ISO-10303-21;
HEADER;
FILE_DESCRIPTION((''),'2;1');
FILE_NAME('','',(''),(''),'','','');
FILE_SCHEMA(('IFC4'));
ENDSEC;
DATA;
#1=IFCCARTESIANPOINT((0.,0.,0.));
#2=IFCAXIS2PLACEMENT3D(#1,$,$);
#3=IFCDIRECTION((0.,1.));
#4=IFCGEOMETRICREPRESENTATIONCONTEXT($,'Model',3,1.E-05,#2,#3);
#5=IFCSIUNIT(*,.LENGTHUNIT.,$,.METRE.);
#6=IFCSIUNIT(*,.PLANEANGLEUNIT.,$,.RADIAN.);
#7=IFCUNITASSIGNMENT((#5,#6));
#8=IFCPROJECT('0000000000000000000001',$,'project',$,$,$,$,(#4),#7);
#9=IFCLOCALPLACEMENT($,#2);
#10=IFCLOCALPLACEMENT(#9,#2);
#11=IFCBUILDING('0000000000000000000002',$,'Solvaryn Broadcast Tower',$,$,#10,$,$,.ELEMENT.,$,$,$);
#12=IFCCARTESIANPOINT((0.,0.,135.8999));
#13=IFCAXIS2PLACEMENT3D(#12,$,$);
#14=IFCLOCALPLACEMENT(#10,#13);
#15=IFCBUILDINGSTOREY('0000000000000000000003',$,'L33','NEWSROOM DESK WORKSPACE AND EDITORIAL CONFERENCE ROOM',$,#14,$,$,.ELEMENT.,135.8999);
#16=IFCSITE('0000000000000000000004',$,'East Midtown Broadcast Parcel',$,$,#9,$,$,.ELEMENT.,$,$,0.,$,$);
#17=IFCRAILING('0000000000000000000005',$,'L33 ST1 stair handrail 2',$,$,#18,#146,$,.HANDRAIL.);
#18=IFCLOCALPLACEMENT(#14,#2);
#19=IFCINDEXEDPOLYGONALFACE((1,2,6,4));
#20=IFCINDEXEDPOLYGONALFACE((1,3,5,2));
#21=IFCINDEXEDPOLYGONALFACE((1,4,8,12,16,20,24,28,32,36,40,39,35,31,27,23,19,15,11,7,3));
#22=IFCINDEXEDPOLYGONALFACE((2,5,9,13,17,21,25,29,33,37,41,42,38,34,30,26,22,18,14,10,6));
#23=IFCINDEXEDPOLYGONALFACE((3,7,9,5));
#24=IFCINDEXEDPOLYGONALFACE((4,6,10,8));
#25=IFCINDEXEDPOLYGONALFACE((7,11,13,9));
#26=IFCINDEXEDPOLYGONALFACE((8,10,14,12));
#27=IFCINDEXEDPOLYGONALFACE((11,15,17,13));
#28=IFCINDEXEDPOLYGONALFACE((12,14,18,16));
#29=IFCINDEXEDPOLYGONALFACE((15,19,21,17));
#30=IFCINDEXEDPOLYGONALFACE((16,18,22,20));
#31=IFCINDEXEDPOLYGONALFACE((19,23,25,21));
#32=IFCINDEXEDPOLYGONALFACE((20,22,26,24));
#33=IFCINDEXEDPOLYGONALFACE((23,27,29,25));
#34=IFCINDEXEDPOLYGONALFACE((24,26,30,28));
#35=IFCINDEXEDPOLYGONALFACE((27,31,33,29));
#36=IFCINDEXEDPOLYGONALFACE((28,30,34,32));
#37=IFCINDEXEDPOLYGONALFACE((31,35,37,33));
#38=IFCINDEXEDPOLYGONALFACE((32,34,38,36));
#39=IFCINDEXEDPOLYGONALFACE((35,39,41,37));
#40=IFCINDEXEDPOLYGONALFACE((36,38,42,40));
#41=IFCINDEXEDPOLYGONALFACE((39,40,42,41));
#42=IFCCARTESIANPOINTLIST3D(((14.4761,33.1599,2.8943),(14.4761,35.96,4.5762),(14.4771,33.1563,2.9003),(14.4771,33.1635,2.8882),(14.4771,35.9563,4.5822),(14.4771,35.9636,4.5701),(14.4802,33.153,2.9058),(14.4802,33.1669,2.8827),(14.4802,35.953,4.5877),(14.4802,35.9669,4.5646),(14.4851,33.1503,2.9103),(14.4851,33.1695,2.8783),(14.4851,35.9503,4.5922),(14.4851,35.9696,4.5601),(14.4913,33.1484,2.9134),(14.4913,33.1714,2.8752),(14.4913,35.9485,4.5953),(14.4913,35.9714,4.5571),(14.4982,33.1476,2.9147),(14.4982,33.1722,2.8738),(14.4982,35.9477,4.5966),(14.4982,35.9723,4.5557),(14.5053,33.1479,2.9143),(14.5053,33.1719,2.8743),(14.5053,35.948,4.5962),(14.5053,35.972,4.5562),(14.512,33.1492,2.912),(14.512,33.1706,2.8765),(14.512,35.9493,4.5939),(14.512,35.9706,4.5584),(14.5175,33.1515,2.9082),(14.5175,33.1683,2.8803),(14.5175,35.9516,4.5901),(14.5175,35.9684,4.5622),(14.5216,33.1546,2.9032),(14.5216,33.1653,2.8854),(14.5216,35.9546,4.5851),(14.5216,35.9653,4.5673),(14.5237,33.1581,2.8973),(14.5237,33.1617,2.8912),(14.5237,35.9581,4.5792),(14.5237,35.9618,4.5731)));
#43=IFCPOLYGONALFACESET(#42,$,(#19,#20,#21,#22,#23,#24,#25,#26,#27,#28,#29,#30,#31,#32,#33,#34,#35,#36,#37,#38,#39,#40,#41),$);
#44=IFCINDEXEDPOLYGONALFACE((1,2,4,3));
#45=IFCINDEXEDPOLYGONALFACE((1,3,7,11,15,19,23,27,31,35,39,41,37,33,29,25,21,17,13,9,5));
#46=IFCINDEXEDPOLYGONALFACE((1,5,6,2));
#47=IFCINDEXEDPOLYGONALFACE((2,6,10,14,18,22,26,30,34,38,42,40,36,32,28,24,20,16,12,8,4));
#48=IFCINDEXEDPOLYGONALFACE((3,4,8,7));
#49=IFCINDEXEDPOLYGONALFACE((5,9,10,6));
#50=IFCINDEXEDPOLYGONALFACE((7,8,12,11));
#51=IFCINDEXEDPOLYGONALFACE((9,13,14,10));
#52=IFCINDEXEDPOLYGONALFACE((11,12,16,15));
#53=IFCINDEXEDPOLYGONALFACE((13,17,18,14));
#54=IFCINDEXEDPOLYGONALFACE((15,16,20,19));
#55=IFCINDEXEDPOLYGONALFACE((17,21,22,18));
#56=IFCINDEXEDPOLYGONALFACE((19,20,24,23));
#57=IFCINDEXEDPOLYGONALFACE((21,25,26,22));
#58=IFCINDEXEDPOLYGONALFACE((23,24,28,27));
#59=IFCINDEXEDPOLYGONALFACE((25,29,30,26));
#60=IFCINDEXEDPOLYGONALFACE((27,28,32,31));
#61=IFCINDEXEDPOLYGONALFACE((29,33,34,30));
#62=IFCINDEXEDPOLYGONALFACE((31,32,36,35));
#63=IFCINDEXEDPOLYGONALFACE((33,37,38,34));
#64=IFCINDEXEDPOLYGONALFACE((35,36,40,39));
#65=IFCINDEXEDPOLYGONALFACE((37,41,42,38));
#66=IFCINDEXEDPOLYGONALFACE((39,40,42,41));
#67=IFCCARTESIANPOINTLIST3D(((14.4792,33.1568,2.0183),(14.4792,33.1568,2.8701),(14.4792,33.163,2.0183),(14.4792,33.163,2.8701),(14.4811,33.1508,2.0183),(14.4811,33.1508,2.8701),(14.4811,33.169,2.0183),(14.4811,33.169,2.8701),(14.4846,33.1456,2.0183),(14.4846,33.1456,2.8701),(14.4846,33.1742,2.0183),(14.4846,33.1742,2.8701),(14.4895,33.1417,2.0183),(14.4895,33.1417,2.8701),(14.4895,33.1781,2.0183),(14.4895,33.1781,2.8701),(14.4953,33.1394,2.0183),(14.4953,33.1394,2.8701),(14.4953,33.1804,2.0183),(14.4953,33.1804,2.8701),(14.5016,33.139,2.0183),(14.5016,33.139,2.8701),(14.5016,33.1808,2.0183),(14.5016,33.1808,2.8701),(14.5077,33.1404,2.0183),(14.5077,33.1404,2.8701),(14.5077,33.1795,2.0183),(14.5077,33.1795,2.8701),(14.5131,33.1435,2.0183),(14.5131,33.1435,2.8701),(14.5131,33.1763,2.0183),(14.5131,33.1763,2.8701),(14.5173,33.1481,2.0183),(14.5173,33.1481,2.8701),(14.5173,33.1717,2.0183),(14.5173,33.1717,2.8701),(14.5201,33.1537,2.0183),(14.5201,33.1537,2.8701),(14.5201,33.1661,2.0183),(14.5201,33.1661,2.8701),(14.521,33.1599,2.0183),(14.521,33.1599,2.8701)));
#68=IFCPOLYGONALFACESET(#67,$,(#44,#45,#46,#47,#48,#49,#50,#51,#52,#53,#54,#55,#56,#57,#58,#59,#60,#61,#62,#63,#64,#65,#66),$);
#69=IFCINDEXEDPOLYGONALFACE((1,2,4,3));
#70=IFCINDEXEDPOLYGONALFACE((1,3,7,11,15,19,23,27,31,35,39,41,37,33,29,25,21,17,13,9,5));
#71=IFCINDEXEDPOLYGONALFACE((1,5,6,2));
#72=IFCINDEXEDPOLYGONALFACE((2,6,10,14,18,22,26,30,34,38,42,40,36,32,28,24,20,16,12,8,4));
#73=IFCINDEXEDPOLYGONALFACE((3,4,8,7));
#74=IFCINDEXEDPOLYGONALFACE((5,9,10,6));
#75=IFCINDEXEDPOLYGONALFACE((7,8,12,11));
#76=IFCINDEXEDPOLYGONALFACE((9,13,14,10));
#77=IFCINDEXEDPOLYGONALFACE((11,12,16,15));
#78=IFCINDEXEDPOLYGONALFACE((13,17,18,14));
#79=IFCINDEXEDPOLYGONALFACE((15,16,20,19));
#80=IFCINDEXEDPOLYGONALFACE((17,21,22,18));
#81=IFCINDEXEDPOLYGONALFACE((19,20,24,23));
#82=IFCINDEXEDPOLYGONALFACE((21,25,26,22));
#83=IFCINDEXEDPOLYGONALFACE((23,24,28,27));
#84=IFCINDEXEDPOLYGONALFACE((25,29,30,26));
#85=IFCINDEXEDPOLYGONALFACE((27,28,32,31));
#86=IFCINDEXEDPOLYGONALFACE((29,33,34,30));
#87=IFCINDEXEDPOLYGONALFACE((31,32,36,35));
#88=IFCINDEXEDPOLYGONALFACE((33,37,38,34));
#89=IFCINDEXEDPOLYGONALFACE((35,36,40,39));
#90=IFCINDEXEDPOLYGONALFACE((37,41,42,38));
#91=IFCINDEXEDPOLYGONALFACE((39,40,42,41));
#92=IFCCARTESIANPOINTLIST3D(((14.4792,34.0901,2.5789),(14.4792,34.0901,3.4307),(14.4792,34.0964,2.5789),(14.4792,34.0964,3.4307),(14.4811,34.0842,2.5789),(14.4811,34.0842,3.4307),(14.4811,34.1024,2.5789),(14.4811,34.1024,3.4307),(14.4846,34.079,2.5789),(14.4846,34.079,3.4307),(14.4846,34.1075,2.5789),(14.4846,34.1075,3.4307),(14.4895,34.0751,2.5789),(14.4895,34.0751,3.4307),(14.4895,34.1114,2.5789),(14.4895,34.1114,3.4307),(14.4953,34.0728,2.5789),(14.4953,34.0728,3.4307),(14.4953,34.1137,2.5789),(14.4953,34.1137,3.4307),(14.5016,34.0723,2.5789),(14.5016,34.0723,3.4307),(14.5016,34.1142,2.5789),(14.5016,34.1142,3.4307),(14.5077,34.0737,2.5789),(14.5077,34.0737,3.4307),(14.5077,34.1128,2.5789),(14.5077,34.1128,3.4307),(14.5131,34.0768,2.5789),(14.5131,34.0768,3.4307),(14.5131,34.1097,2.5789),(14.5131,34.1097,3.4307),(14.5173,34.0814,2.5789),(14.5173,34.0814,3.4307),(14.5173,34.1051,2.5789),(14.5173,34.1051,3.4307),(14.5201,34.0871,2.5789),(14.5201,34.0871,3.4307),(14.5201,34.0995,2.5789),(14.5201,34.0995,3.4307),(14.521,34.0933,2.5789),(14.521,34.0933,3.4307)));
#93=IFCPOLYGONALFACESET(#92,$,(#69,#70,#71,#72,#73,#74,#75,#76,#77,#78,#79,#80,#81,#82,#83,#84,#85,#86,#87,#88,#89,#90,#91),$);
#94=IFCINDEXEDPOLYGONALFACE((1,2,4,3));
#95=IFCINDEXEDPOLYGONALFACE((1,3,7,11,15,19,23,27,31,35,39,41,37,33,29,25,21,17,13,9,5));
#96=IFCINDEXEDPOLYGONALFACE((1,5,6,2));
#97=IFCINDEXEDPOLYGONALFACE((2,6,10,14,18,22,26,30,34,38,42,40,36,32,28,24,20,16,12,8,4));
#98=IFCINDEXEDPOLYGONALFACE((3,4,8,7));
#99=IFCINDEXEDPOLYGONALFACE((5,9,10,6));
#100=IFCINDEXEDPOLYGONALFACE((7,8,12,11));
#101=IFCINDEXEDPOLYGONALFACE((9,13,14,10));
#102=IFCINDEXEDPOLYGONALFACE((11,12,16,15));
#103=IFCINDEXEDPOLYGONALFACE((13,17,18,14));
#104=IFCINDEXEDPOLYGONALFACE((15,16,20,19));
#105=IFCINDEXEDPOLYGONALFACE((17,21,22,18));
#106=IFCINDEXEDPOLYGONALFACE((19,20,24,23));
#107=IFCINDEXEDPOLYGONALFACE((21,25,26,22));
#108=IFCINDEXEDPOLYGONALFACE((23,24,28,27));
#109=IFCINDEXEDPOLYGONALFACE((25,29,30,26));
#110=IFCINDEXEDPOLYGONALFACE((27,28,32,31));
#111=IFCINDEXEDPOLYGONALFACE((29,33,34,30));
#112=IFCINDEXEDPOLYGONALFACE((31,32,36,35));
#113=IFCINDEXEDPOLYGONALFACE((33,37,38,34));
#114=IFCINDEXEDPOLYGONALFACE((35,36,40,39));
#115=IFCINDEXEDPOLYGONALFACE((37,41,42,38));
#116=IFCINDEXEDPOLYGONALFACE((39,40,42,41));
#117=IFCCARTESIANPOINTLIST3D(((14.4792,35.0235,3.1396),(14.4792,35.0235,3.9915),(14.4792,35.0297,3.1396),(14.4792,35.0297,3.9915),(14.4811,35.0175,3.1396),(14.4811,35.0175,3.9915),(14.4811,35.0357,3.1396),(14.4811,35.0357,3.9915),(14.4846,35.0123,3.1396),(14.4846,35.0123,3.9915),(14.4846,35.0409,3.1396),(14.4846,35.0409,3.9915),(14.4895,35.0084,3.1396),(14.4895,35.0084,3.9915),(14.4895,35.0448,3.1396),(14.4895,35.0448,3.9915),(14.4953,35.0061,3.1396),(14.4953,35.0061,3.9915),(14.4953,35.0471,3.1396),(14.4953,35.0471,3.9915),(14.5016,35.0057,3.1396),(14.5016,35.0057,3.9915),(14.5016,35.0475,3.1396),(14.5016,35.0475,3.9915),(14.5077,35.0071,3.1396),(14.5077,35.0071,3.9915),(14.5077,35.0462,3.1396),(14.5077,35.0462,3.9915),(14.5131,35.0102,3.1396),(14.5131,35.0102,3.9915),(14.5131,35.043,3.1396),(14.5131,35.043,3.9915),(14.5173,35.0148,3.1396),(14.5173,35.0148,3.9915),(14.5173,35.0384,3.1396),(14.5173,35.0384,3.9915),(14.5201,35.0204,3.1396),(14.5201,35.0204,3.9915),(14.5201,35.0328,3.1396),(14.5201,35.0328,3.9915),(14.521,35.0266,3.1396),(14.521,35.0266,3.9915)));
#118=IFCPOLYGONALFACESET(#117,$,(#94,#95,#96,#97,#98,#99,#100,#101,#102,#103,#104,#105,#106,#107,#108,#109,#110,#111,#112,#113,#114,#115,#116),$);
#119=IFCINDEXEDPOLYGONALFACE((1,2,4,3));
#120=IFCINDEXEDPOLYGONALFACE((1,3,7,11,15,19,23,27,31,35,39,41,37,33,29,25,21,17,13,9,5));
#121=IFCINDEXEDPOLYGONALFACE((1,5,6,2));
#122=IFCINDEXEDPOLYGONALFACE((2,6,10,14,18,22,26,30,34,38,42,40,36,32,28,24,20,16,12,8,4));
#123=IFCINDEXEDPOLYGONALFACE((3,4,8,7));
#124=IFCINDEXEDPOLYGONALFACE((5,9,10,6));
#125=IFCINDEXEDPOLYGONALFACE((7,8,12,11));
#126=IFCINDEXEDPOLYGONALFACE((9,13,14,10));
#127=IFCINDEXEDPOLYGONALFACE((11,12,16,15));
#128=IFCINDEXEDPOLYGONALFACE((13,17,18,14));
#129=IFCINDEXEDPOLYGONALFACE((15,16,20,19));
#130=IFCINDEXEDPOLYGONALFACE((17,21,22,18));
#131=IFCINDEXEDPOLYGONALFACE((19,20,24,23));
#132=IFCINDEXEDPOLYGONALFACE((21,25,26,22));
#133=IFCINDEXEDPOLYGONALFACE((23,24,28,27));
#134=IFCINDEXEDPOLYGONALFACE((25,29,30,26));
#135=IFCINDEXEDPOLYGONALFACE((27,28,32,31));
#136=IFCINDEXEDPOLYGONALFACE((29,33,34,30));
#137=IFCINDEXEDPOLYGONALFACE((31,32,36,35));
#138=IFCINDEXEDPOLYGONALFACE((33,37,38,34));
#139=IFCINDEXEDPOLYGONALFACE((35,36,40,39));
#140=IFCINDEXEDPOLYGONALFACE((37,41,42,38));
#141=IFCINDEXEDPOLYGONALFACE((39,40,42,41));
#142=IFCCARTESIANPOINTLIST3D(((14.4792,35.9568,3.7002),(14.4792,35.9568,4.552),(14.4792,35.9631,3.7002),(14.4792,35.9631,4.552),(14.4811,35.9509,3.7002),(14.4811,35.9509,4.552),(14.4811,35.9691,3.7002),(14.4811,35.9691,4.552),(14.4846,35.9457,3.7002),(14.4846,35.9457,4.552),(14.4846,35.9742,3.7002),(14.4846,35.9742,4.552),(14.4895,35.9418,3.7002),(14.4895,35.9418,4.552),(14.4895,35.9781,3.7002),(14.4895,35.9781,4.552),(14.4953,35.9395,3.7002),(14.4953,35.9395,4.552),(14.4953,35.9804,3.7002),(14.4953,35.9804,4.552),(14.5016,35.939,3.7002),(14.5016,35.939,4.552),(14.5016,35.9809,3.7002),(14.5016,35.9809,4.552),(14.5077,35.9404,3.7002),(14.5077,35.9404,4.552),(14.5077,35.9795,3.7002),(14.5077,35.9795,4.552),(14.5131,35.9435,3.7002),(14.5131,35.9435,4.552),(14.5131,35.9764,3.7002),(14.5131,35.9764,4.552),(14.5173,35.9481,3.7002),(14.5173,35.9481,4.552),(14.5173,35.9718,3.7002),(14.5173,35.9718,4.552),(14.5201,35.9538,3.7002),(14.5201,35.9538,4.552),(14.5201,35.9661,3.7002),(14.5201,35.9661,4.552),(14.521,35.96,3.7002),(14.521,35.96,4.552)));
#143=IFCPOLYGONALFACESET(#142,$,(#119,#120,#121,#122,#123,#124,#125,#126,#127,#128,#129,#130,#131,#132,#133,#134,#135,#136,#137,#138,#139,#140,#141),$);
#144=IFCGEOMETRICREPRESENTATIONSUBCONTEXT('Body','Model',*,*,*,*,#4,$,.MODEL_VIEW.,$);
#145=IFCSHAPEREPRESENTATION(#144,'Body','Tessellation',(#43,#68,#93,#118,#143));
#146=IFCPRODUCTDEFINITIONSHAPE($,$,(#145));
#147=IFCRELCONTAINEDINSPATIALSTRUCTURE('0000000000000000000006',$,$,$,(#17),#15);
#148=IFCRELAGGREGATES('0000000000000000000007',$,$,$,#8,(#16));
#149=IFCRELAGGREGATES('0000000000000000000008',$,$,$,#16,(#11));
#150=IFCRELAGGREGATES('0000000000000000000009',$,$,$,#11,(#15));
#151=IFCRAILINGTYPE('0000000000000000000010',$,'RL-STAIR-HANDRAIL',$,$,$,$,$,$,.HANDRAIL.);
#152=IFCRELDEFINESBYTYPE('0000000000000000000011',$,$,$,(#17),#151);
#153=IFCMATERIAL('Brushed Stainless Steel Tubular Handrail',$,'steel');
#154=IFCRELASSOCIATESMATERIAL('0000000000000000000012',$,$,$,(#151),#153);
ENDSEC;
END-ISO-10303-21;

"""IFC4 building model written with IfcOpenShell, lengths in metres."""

from ifc_helpers import new_model, si_unit, direction, frame, origin, origin_2d, place, context, subcontext, project, spatial, circle, extrude, material, type_object, element, save


model = new_model("IFC4")

# Units and contexts
model_context = context("Model", 3, precision=1e-05, world=origin(), true_north=direction((0.0, 1.0)))
body_context = subcontext(model_context, "Body", "Model", "MODEL_VIEW")
ifc_project = project(units=[si_unit("LENGTHUNIT", "METRE"), si_unit("PLANEANGLEUNIT", "RADIAN")], contexts=[model_context])

# Site, building, storey
site_placement = place(None, origin())
site = spatial("IfcSite", under=ifc_project, at=site_placement, Name="East Midtown Broadcast Parcel", CompositionType="ELEMENT", RefElevation=0.0)
building_placement = place(site_placement, origin())
building = spatial("IfcBuilding", under=site, at=building_placement, Name="Solvaryn Broadcast Tower", CompositionType="ELEMENT")
storey_placement = place(building_placement, frame((0.0, 0.0, 135.8999)))
storey = spatial("IfcBuildingStorey", under=building, at=storey_placement, Name="L33", Description="NEWSROOM DESK WORKSPACE AND EDITORIAL CONFERENCE ROOM", CompositionType="ELEMENT", Elevation=135.8999)

# Railing
ifc_material_1 = material(Name="Brushed Stainless Steel Tubular Handrail", Category="steel")
railing_type_1 = type_object("IfcRailingType", Name="RL-STAIR-HANDRAIL", PredefinedType="HANDRAIL", material=ifc_material_1)
railing_1_placement = place(storey_placement, frame((14.5, 33.1599, 2.0183)))
element("IfcRailing", 1, at=railing_1_placement, inside=storey, type_object=railing_type_1, Name="L33 ST1 stair handrail 2", PredefinedType="HANDRAIL", context=body_context, shape_type="SweptSolid", body=[
    extrude(circle(Radius=0.0239, at=origin_2d()), frame((0.0, 0.0, 0.876), z_axis=(0.0, 0.857242, 0.514913), x_axis=(-1.0, 0.0, 0.0)), (0.0, 0.0, 1.0), 3.2664),
    extrude(circle(Radius=0.021, at=origin_2d()), origin(), (0.0, 0.0, 1.0), 0.8518),
    extrude(circle(Radius=0.021, at=origin_2d()), frame((0.0, 0.9333, 0.5605)), (0.0, 0.0, 1.0), 0.8518),
    extrude(circle(Radius=0.021, at=origin_2d()), frame((0.0, 1.8667, 1.1213)), (0.0, 0.0, 1.0), 0.8518),
    extrude(circle(Radius=0.021, at=origin_2d()), frame((0.0, 2.8, 1.6819)), (0.0, 0.0, 1.0), 0.8518),
])

save(model, "model.ifc")
